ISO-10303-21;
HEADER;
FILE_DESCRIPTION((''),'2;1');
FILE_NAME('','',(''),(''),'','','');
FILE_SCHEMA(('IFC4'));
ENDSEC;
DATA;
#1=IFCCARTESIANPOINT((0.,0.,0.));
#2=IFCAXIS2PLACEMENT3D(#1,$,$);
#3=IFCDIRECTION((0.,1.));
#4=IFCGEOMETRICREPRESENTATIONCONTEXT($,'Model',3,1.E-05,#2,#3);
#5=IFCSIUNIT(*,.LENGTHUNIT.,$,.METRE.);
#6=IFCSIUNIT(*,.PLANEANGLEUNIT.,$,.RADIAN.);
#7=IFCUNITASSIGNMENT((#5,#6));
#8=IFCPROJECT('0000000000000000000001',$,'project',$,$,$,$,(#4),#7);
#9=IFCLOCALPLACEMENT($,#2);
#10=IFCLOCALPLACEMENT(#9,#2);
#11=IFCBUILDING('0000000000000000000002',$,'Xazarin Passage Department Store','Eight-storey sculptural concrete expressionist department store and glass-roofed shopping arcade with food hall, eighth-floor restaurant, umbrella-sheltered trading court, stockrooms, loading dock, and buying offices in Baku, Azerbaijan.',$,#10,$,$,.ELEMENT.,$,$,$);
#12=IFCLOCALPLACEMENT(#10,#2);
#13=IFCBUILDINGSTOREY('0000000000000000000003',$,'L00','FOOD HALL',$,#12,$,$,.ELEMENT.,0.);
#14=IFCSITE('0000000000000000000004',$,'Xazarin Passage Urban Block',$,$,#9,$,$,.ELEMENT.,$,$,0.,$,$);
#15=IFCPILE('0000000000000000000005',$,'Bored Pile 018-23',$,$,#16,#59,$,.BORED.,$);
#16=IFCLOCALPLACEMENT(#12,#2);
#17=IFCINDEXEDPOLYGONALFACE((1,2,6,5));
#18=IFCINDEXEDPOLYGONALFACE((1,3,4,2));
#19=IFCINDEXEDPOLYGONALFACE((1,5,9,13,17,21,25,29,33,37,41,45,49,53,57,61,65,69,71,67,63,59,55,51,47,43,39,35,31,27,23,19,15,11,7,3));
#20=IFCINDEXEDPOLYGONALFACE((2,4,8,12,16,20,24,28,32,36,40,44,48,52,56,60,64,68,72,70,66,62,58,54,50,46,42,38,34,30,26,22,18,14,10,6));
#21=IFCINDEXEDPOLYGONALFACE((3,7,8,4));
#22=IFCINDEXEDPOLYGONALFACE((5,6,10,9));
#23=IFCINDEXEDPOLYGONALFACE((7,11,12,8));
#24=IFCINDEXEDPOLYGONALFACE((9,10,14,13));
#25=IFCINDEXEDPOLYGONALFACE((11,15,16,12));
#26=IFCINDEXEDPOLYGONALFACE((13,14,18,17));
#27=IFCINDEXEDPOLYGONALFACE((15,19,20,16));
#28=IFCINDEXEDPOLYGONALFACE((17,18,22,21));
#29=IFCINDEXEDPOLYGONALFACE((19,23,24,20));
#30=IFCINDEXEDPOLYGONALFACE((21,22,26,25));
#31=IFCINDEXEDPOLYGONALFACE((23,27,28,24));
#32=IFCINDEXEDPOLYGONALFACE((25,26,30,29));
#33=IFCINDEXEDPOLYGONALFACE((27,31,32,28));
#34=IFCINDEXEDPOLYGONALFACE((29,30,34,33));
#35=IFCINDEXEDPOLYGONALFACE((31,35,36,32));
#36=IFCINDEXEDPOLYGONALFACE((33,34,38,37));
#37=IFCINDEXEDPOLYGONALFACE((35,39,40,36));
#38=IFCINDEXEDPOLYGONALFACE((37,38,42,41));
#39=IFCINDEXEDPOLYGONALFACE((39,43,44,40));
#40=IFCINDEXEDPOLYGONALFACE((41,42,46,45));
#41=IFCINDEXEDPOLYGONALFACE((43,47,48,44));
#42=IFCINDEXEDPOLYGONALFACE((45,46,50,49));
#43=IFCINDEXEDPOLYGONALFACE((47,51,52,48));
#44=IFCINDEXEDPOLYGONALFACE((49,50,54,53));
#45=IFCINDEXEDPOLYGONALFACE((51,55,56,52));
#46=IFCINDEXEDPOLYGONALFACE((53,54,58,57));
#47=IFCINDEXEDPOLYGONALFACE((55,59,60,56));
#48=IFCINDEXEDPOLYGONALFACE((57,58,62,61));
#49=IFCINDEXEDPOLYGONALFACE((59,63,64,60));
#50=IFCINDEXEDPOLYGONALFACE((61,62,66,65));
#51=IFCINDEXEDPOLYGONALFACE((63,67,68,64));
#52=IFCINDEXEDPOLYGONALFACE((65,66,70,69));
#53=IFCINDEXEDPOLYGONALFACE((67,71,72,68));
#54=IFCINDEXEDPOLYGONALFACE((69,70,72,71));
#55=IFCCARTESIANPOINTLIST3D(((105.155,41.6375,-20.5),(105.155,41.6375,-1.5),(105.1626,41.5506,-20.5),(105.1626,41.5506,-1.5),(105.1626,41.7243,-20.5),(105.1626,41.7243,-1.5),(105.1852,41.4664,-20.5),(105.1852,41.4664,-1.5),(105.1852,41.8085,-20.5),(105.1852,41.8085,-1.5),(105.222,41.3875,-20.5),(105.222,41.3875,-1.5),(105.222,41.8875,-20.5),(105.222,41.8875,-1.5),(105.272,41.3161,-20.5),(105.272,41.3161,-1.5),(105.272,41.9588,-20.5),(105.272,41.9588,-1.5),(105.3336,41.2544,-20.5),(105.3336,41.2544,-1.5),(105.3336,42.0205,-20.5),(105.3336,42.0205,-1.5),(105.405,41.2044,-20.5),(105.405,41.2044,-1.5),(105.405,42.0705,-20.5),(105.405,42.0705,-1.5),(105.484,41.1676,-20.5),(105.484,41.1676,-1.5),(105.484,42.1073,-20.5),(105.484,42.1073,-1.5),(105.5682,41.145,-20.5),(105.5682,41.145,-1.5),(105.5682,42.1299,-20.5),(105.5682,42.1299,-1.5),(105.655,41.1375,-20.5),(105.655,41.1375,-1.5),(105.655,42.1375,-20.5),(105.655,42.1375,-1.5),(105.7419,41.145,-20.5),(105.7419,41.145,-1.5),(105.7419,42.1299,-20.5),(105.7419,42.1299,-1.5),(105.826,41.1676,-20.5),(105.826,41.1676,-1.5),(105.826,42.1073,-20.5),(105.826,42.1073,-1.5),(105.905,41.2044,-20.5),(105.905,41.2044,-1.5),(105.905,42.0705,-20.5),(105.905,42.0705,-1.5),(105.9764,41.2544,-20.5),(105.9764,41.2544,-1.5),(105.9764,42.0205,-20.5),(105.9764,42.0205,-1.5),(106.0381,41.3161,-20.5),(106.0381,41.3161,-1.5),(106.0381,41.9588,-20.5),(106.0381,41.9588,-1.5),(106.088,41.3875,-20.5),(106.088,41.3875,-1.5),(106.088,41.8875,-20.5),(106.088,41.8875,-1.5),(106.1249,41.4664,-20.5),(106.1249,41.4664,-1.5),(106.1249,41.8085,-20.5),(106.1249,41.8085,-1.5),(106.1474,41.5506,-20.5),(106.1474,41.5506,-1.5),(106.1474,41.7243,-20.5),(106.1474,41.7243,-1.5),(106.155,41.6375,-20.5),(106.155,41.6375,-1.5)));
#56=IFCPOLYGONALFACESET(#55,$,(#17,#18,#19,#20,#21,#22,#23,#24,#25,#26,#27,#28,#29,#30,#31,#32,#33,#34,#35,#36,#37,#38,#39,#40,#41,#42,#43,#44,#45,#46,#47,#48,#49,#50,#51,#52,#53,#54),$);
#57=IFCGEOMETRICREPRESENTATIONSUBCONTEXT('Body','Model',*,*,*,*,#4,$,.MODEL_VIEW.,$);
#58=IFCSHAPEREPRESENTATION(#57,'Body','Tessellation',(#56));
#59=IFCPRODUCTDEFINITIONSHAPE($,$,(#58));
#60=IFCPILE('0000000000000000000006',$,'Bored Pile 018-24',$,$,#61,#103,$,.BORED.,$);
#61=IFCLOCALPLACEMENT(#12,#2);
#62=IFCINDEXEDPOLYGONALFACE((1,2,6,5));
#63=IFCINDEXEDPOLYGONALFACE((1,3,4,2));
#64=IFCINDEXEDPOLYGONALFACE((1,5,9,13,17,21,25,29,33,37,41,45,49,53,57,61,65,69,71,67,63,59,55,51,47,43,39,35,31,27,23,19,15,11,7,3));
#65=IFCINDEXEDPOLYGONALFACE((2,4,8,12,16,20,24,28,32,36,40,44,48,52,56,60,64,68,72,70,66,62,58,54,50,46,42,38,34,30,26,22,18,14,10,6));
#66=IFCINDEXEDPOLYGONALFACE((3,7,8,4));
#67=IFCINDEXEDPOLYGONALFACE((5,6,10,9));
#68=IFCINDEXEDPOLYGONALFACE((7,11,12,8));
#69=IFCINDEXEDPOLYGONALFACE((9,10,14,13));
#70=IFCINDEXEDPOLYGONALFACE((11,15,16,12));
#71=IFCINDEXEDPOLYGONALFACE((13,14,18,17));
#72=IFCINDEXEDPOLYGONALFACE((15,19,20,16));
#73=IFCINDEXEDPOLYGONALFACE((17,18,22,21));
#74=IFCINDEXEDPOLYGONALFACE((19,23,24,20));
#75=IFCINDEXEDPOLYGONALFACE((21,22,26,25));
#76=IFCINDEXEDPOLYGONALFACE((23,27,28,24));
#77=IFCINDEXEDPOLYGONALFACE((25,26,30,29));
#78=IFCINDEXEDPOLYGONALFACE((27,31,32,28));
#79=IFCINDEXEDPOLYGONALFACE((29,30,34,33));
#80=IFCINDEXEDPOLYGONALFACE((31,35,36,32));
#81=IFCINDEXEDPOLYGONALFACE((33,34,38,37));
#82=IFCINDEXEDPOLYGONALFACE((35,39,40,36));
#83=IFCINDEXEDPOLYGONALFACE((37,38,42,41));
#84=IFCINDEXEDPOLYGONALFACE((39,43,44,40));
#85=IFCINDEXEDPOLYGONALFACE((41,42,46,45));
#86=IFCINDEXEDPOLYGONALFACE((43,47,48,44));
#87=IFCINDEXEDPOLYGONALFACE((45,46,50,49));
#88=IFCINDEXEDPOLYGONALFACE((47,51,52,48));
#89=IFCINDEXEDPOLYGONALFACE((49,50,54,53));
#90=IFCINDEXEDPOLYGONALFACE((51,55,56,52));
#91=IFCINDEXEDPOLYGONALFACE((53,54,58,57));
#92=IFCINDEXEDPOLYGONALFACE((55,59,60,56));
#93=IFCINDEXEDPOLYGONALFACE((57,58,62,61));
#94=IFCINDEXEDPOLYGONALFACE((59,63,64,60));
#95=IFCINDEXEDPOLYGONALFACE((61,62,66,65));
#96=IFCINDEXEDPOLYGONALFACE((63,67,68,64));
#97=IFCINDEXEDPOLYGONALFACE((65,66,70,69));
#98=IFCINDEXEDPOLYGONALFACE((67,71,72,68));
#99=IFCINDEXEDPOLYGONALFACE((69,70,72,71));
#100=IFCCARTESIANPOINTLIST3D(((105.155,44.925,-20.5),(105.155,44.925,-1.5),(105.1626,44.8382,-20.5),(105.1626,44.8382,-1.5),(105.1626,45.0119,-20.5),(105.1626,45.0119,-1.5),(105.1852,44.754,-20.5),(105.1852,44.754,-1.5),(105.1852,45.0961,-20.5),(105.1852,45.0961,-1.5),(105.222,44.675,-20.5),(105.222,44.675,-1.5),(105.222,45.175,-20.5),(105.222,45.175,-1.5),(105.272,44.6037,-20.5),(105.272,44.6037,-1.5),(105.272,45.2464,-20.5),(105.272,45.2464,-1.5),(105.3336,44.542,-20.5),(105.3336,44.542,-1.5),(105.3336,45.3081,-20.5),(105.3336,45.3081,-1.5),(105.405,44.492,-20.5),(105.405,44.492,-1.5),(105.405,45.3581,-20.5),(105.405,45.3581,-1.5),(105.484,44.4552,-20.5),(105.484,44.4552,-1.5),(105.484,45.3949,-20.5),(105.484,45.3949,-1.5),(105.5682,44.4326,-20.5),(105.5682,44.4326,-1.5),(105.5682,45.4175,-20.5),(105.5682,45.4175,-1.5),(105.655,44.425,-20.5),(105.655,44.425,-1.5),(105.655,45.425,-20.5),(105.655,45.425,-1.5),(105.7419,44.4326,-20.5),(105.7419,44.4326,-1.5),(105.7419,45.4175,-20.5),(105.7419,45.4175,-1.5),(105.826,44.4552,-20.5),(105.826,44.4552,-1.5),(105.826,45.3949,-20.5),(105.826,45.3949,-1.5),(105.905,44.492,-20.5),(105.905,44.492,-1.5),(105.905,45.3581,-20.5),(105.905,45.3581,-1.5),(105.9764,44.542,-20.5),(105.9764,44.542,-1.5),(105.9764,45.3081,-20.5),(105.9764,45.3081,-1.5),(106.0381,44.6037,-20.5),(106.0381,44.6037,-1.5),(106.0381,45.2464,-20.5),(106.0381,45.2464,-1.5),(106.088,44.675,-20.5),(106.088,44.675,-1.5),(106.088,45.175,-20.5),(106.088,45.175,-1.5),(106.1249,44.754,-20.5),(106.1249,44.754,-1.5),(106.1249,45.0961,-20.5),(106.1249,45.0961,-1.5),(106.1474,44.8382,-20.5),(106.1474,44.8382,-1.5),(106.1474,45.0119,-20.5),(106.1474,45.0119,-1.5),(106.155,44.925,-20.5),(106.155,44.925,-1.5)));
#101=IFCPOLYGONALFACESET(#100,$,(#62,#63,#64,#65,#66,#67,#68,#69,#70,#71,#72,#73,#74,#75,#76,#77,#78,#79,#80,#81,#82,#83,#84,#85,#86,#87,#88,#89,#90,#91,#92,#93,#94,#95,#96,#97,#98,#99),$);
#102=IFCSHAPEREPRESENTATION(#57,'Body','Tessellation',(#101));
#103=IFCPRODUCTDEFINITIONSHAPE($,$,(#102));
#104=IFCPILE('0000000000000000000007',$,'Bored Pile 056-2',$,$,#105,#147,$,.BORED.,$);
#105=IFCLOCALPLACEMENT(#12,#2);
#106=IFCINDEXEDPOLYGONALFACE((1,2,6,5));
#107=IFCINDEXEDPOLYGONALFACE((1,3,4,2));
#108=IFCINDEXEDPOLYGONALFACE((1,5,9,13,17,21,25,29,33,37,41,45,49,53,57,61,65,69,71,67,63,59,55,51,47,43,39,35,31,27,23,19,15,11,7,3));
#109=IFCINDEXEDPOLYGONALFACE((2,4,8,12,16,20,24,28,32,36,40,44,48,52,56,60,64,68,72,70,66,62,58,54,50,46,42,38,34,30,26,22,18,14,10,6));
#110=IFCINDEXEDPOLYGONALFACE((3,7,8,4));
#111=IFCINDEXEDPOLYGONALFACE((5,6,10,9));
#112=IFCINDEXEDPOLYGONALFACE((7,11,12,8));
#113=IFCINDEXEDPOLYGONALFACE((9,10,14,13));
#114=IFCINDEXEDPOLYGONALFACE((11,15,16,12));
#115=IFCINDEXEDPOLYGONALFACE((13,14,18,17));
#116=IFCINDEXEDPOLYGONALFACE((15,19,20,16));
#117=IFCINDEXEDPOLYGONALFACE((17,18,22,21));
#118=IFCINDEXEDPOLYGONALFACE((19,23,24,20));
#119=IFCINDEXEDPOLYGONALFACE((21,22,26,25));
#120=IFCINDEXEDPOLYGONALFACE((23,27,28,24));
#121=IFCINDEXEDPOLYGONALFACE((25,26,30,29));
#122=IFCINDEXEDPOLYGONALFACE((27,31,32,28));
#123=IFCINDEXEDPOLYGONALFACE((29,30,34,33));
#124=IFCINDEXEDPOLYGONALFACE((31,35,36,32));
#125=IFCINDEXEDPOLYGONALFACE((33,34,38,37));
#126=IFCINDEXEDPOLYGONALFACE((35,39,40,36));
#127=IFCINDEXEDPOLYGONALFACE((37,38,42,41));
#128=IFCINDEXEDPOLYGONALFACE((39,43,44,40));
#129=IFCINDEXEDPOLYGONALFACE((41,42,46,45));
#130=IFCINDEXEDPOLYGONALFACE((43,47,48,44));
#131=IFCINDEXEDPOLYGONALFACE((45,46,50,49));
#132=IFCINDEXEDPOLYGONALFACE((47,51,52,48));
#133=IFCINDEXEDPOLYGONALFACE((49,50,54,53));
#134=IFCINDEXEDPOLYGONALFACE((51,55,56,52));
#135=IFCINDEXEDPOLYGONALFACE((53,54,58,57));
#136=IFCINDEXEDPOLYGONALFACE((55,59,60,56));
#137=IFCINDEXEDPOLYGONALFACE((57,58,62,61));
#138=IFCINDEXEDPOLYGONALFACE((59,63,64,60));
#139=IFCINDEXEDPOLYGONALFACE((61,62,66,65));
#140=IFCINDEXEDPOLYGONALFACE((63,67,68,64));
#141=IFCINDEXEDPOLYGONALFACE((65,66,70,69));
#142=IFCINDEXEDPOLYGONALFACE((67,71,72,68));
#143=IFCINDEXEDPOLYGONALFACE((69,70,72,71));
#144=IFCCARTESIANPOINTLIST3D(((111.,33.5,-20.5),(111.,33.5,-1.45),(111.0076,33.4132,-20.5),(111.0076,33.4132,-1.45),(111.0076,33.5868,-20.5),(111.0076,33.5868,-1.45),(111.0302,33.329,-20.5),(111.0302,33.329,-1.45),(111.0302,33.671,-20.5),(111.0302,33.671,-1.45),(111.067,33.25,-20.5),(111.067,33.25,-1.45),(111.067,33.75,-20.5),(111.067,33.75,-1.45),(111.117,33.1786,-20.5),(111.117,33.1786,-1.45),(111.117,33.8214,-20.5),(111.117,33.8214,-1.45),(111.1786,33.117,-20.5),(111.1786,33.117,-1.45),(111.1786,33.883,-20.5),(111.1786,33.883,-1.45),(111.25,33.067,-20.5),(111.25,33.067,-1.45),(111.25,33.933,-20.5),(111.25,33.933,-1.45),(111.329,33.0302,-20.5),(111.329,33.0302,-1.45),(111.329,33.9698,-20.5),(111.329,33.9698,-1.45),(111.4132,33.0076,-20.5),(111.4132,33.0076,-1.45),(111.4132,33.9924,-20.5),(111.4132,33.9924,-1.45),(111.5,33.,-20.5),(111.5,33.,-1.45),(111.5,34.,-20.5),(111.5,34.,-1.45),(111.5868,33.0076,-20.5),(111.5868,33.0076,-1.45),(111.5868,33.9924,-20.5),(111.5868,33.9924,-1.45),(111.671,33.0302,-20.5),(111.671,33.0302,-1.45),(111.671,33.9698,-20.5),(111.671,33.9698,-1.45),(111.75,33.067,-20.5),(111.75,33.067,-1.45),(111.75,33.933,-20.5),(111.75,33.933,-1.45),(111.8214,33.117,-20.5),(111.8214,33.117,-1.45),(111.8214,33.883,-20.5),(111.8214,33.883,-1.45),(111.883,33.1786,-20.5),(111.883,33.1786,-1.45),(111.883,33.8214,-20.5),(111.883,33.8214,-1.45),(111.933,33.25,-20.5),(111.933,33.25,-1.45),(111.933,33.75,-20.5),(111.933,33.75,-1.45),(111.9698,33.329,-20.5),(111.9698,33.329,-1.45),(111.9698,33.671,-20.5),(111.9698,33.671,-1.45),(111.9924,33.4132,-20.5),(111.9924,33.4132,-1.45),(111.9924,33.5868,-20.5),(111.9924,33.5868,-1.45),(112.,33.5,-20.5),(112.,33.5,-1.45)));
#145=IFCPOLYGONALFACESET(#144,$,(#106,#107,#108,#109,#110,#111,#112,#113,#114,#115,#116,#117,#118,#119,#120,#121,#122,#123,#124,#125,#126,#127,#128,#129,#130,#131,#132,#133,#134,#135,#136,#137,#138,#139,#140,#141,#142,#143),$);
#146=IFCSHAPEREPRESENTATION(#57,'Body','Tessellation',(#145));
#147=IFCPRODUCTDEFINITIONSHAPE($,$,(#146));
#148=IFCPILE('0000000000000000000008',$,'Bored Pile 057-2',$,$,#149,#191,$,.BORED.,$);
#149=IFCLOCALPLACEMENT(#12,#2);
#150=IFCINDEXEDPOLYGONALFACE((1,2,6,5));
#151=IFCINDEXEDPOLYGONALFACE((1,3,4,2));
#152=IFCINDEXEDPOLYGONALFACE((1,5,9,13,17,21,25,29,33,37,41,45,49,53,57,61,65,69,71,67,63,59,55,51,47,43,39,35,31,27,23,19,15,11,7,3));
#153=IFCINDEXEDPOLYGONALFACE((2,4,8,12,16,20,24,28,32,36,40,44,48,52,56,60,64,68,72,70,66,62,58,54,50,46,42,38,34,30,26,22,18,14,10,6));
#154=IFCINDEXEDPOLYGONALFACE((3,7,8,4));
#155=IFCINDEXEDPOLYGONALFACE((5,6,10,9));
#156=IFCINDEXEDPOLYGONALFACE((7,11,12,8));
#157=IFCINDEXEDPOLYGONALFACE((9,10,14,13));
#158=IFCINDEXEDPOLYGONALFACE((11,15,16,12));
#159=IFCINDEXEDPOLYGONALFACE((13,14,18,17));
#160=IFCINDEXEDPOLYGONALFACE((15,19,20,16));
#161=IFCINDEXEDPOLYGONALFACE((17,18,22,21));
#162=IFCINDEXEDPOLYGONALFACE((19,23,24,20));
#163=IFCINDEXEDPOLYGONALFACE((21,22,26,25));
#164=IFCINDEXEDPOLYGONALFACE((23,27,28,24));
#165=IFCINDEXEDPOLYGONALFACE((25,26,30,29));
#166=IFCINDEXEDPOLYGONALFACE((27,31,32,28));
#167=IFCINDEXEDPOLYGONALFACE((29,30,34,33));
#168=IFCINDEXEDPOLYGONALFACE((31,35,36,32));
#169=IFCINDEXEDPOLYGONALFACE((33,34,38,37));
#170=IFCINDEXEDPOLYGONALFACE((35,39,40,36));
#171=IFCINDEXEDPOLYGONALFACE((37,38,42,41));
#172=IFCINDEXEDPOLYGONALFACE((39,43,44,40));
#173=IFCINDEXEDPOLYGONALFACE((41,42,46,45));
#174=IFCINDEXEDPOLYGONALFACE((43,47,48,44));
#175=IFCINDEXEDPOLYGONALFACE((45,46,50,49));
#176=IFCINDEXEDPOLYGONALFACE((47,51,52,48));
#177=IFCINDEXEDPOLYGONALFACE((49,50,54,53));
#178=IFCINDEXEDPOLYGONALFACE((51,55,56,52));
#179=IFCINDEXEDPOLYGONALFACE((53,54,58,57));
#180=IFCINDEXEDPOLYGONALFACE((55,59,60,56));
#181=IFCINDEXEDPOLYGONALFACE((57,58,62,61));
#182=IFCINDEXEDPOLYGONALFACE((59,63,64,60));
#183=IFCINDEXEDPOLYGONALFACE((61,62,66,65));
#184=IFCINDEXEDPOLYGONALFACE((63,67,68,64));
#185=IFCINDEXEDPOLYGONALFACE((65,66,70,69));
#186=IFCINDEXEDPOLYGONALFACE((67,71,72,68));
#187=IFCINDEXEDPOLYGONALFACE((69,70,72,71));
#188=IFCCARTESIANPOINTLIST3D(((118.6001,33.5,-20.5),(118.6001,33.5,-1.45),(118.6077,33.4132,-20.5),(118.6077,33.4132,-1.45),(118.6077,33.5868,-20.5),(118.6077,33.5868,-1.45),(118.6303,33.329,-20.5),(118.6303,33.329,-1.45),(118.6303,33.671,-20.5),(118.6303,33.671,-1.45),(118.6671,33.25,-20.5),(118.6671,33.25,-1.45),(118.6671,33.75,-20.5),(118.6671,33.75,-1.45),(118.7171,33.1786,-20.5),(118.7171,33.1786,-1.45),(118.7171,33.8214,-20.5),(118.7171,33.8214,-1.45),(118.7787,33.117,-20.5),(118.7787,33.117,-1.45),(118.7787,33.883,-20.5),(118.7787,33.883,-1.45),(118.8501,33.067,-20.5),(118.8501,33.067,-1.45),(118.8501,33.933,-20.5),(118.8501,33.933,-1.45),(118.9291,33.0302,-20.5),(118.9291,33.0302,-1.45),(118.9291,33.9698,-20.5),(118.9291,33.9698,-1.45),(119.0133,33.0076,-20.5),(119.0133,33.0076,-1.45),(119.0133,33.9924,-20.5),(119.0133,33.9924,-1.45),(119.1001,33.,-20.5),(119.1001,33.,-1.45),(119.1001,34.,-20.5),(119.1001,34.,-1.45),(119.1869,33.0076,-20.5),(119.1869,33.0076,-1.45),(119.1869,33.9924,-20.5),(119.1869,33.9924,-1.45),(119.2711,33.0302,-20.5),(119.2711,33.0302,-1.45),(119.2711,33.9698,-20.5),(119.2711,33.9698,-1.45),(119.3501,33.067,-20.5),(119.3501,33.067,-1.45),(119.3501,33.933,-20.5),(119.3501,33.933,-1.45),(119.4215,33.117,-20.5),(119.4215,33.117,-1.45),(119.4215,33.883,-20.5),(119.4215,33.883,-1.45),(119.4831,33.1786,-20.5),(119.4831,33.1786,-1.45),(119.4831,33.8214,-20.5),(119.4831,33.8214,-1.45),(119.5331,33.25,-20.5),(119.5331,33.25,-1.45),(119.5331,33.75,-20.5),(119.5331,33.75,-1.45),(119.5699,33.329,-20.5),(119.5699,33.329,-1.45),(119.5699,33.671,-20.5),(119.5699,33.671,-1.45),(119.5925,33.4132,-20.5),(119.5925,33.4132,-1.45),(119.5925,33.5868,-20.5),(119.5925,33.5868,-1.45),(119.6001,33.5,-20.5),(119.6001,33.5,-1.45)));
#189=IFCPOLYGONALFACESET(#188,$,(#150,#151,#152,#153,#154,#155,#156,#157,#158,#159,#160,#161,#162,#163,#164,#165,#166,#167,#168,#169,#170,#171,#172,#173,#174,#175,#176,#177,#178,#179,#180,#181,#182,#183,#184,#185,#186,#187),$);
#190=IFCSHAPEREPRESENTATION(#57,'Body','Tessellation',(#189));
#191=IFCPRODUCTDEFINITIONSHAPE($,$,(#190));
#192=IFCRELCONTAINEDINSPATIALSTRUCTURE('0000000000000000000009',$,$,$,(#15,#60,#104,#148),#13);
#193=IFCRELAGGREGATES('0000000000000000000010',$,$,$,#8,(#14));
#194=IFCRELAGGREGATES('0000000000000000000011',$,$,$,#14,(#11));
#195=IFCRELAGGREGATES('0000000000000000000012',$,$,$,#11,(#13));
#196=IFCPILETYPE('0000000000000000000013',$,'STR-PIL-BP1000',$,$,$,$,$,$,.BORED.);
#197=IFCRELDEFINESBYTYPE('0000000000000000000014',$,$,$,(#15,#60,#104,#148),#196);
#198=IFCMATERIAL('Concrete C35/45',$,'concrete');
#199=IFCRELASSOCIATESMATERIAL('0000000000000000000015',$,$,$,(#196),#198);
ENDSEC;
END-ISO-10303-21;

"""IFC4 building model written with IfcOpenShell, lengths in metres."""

from ifc_helpers import new_model, si_unit, direction, frame, origin, origin_2d, place, context, subcontext, project, spatial, circle, extrude, material, material_profile, profile_set, type_object, element, save


model = new_model("IFC4")

# Units and contexts
model_context = context("Model", 3, precision=1e-05, world=origin(), true_north=direction((0.0, 1.0)))
body_context = subcontext(model_context, "Body", "Model", "MODEL_VIEW")
ifc_project = project(units=[si_unit("LENGTHUNIT", "METRE"), si_unit("PLANEANGLEUNIT", "RADIAN")], contexts=[model_context])

# Site, building, storey
site_placement = place(None, origin())
site = spatial("IfcSite", under=ifc_project, at=site_placement, Name="Xazarin Passage Urban Block", CompositionType="ELEMENT", RefElevation=0.0)
building_placement = place(site_placement, origin())
building = spatial("IfcBuilding", under=site, at=building_placement, Name="Xazarin Passage Department Store", Description="Eight-storey sculptural concrete expressionist department store and glass-roofed shopping arcade with food hall, eighth-floor restaurant, umbrella-sheltered trading court, stockrooms, loading dock, and buying offices in Baku, Azerbaijan.", CompositionType="ELEMENT")
storey_placement = place(building_placement, origin())
storey = spatial("IfcBuildingStorey", under=building, at=storey_placement, Name="L00", Description="FOOD HALL", CompositionType="ELEMENT", Elevation=0.0)

# Shared definitions
ifc_material_1 = material(Name="Concrete C35/45", Category="concrete")

# Piles
ifc_material_profile_1 = material_profile(ifc_material_1, circle(Radius=0.5, at=origin_2d()), Name="BP 1000")
ifc_profile_set_1 = profile_set([ifc_material_profile_1], Name="Concrete C35/45")
pile_type_1 = type_object("IfcPileType", Name="STR-PIL-BP1000", PredefinedType="BORED", material=ifc_profile_set_1)
for number, where, z_axis, x_axis, name in (
    (1, (105.655, 41.6375, -1.5), (0.0, 0.0, -1.0), (1.0, 0.0, 0.0), "Bored Pile 018-23"),
    (2, (105.655, 44.925, -1.5), (0.0, 0.0, -1.0), (1.0, 0.0, 0.0), "Bored Pile 018-24"),
):
    element("IfcPile", number, at=place(storey_placement, frame(where, z_axis=z_axis, x_axis=x_axis)), inside=storey, type_object=pile_type_1, Name=name, PredefinedType="BORED", context=body_context, shape_type="SweptSolid", body=[
        extrude(circle(Radius=0.5, at=origin_2d()), origin(), (0.0, 0.0, 1.0), 19.0),
    ])
for number, where, z_axis, x_axis, name in (
    (3, (111.5, 33.5, -1.45), (0.0, 0.0, -1.0), (1.0, 0.0, 0.0), "Bored Pile 056-2"),
    (4, (119.1001, 33.5, -1.45), (0.0, 0.0, -1.0), (1.0, 0.0, 0.0), "Bored Pile 057-2"),
):
    element("IfcPile", number, at=place(storey_placement, frame(where, z_axis=z_axis, x_axis=x_axis)), inside=storey, type_object=pile_type_1, Name=name, PredefinedType="BORED", context=body_context, shape_type="SweptSolid", body=[
        extrude(circle(Radius=0.5, at=origin_2d()), origin(), (0.0, 0.0, 1.0), 19.05),
    ])

save(model, "model.ifc")
